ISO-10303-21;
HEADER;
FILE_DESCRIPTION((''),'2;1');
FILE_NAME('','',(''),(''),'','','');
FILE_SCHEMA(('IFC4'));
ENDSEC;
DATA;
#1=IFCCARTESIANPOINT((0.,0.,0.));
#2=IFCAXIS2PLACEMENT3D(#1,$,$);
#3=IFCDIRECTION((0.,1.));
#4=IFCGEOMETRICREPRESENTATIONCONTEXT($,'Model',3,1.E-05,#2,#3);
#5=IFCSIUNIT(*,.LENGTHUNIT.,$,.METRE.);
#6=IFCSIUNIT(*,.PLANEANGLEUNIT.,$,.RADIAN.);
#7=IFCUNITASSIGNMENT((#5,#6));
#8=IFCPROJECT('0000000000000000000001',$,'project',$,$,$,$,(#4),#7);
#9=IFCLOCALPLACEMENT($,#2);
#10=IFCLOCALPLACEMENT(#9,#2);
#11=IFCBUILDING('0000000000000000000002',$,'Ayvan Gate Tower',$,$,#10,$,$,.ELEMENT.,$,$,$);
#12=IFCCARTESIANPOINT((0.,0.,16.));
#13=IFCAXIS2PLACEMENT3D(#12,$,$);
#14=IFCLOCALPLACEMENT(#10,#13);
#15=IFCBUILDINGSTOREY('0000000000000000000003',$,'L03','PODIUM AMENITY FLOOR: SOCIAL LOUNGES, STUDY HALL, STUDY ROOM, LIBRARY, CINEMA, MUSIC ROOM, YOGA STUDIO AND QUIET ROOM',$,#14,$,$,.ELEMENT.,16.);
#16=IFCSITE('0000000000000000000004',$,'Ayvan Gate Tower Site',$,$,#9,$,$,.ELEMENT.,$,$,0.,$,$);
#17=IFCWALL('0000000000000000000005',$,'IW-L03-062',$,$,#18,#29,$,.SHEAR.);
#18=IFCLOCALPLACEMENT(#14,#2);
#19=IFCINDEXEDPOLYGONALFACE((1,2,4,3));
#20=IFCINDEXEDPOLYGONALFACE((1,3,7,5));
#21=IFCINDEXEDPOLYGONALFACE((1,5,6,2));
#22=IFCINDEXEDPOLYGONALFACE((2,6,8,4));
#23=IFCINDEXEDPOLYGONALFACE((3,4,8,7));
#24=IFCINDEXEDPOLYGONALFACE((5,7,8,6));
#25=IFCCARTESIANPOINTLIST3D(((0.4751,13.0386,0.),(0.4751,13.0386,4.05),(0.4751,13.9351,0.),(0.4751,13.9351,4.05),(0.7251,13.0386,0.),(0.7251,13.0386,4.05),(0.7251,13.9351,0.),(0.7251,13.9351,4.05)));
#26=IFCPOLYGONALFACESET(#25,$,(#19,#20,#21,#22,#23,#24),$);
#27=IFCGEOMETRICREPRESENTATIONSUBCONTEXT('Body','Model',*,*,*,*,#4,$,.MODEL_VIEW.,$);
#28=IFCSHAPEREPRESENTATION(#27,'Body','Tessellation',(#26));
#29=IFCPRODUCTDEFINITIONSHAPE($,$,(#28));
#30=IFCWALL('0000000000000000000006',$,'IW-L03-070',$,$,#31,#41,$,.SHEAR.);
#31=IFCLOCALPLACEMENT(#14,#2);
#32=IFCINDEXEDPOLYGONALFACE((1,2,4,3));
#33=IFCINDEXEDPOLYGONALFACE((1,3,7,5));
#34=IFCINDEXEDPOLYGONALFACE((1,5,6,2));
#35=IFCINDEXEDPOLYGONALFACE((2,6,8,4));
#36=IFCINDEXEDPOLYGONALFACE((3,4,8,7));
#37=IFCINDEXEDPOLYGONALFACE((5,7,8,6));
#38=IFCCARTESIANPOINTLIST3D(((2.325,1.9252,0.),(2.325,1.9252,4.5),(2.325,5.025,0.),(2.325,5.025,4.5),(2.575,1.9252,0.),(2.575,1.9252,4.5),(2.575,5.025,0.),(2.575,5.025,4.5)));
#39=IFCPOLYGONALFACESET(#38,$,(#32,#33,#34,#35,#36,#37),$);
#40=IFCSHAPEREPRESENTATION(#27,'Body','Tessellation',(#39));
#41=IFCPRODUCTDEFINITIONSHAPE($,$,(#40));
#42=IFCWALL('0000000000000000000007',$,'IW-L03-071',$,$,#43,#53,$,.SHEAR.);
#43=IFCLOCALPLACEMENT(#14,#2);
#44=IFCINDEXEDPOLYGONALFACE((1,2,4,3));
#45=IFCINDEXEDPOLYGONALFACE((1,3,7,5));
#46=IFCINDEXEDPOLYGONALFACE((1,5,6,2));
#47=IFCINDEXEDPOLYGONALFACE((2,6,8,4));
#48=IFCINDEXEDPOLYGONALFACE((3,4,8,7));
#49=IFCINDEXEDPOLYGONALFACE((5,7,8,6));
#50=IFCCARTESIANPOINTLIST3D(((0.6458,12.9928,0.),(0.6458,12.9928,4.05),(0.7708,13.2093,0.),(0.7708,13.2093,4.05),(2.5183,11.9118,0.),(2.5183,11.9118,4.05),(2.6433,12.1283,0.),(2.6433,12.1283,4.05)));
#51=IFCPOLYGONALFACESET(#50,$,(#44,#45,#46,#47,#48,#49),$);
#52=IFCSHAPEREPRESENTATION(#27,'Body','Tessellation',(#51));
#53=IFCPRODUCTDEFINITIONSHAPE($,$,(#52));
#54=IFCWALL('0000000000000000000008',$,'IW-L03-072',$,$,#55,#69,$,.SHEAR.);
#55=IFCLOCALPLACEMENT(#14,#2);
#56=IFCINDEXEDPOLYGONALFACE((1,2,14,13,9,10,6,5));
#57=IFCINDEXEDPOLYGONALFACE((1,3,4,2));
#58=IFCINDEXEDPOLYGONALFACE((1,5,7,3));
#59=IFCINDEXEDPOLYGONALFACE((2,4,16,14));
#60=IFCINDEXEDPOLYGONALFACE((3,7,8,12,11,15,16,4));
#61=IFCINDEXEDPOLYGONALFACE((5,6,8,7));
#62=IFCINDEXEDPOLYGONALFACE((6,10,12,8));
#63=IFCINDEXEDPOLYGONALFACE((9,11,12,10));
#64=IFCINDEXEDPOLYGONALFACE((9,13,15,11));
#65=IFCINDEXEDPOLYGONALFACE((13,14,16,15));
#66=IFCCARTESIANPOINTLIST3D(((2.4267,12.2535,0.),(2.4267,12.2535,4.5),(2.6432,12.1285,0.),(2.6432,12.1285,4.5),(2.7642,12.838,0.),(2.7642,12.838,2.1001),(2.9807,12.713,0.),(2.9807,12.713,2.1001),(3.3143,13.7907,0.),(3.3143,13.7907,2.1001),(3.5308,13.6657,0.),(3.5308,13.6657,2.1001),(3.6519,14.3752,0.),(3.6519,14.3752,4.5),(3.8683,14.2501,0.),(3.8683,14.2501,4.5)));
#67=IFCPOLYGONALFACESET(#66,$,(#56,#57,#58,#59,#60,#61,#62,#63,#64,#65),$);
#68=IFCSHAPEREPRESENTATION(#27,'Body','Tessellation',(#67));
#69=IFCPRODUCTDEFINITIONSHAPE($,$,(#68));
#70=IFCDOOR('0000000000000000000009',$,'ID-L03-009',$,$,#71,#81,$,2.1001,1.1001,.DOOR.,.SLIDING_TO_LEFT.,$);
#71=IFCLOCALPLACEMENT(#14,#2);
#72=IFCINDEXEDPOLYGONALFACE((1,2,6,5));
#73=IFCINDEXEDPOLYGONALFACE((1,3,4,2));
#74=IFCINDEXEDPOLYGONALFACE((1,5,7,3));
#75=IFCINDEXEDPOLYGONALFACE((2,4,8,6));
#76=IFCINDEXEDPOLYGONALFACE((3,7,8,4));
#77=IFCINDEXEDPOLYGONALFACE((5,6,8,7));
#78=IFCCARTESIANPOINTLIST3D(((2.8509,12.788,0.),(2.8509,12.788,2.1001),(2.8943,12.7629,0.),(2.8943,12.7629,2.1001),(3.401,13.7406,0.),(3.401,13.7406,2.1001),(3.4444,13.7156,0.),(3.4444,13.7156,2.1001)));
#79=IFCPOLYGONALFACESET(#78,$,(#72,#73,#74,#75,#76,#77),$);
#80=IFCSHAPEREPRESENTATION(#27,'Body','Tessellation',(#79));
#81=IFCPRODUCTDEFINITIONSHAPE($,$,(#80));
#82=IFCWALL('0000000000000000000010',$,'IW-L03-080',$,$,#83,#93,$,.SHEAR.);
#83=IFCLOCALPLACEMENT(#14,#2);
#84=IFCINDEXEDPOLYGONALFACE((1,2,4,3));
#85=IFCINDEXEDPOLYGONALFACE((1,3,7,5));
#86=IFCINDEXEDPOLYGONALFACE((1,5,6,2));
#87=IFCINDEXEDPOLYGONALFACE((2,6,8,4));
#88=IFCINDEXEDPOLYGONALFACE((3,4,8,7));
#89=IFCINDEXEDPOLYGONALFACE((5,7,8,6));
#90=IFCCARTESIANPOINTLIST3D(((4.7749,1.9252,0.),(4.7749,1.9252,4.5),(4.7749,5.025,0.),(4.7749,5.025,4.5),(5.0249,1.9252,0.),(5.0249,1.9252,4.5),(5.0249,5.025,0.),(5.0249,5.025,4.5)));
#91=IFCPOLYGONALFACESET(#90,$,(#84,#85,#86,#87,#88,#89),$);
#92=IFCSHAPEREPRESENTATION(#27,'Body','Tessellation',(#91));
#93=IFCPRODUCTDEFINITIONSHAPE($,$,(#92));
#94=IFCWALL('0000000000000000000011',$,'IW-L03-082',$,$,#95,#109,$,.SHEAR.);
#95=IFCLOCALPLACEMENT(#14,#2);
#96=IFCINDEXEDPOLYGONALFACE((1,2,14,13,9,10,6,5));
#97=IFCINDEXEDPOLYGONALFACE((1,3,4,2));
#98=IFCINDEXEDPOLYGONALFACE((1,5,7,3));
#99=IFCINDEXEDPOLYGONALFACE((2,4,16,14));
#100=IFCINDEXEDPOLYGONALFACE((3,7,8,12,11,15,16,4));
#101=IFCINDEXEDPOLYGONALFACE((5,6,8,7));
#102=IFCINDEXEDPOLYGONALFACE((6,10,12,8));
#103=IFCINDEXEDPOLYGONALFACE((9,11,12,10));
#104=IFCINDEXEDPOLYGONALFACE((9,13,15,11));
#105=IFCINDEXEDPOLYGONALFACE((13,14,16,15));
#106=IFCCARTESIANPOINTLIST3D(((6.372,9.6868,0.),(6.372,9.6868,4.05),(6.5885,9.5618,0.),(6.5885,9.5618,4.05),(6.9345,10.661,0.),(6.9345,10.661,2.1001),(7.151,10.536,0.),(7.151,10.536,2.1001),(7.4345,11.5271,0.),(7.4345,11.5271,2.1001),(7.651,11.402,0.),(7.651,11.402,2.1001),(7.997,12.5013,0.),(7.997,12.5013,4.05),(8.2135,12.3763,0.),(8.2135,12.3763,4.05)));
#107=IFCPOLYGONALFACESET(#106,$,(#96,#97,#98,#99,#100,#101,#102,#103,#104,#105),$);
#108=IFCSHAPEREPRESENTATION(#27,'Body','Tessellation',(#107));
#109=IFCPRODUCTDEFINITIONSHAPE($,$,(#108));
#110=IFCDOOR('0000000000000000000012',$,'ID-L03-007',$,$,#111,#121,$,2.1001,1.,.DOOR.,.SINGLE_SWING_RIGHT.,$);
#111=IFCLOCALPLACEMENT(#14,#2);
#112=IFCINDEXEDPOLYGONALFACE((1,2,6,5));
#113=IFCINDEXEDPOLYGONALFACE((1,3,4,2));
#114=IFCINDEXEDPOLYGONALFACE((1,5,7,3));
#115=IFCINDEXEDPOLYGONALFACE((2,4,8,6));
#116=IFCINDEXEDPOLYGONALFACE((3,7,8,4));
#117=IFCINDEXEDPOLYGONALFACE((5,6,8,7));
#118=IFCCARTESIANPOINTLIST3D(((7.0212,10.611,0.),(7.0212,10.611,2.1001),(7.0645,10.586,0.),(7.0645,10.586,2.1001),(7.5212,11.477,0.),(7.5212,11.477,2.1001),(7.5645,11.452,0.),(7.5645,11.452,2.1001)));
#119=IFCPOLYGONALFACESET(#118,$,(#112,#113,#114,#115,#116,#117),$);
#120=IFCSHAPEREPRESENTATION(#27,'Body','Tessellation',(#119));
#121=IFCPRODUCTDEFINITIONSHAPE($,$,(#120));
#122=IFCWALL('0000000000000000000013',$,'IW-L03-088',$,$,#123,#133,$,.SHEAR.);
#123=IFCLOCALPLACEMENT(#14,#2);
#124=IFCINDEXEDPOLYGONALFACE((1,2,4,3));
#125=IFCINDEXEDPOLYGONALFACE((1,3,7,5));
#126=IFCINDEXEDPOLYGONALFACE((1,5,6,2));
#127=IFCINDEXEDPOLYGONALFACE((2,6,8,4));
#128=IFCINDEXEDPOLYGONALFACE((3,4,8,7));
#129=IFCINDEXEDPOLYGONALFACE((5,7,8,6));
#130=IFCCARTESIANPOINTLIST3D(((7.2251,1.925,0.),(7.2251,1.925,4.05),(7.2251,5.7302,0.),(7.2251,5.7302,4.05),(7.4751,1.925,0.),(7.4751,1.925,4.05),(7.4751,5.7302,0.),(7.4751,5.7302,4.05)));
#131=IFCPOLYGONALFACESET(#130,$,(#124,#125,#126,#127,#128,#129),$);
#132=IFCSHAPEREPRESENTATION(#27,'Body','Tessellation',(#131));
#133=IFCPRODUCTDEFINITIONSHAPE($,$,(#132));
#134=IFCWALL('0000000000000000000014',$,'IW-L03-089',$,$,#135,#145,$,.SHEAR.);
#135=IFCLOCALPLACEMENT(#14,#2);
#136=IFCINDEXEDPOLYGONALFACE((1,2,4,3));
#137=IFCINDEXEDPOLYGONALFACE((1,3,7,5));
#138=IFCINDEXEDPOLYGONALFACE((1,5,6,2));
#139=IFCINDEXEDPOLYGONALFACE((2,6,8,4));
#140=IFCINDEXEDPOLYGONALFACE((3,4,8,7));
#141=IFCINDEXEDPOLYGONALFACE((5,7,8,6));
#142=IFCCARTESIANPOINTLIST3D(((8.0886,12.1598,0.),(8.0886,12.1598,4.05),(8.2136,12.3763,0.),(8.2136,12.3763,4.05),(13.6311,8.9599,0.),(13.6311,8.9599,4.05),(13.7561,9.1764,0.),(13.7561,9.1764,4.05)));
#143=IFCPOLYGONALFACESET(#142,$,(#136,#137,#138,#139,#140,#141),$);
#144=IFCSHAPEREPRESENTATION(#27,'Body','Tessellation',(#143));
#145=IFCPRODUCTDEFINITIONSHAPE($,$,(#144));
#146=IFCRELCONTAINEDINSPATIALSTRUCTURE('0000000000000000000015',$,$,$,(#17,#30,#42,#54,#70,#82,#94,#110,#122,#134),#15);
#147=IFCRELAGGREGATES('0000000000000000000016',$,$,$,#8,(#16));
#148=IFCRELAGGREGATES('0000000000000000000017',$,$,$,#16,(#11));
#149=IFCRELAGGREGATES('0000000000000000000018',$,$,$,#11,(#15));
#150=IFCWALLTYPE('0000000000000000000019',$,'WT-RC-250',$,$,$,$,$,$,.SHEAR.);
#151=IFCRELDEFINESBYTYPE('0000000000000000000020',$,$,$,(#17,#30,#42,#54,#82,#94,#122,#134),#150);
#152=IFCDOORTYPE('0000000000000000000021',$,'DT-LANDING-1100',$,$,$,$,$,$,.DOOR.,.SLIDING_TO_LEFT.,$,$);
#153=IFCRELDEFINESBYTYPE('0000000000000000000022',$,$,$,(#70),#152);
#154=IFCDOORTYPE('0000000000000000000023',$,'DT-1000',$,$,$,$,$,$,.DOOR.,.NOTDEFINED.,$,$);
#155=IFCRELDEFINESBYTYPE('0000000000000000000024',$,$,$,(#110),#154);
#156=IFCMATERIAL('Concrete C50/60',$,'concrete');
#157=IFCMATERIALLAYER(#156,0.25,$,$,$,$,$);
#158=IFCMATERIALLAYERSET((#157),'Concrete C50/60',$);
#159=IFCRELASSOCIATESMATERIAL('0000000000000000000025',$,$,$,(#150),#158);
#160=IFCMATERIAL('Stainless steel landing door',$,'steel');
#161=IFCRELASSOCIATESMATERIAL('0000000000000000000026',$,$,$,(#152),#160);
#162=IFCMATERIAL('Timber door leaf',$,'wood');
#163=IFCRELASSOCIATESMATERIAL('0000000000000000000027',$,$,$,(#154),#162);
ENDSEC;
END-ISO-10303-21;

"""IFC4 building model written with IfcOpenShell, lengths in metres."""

from ifc_helpers import new_model, si_unit, direction, frame, frame_2d, origin, place, context, subcontext, project, spatial, rectangle, extrude, material, layer, layer_set, type_object, element, fill, save


model = new_model("IFC4")

# Units and contexts
model_context = context("Model", 3, precision=1e-05, world=origin(), true_north=direction((0.0, 1.0)))
body_context = subcontext(model_context, "Body", "Model", "MODEL_VIEW")
ifc_project = project(units=[si_unit("LENGTHUNIT", "METRE"), si_unit("PLANEANGLEUNIT", "RADIAN")], contexts=[model_context])

# Site, building, storey
site_placement = place(None, origin())
site = spatial("IfcSite", under=ifc_project, at=site_placement, Name="Ayvan Gate Tower Site", CompositionType="ELEMENT", RefElevation=0.0)
building_placement = place(site_placement, origin())
building = spatial("IfcBuilding", under=site, at=building_placement, Name="Ayvan Gate Tower", CompositionType="ELEMENT")
storey_placement = place(building_placement, frame((0.0, 0.0, 16.0)))
storey = spatial("IfcBuildingStorey", under=building, at=storey_placement, Name="L03", Description="PODIUM AMENITY FLOOR: SOCIAL LOUNGES, STUDY HALL, STUDY ROOM, LIBRARY, CINEMA, MUSIC ROOM, YOGA STUDIO AND QUIET ROOM", CompositionType="ELEMENT", Elevation=16.0)

# Shared definitions
ifc_material_1 = material(Name="Timber door leaf", Category="wood")

# Walls
ifc_material_2 = material(Name="Concrete C50/60", Category="concrete")
ifc_layer_1 = layer(ifc_material_2, 0.25)
ifc_layer_set_1 = layer_set([ifc_layer_1], Name="Concrete C50/60")
wall_type_1 = type_object("IfcWallType", Name="WT-RC-250", PredefinedType="SHEAR", material=ifc_layer_set_1)
wall_1_placement = place(storey_placement, frame((0.6001, 13.0386, 0.0), z_axis=(0.0, 0.0, 1.0), x_axis=(0.0, 1.0, 0.0)))
element("IfcWall", 1, at=wall_1_placement, inside=storey, type_object=wall_type_1, Name="IW-L03-062", PredefinedType="SHEAR", context=body_context, shape_type="SweptSolid", body=[
    extrude(rectangle(XDim=0.8965, YDim=0.25, at=frame_2d((0.4482, 0.0))), origin(), (0.0, 0.0, 1.0), 4.05),
])
wall_2_placement = place(storey_placement, frame((2.45, 5.0249, 0.0), z_axis=(0.0, 0.0, 1.0), x_axis=(0.0, -1.0, 0.0)))
element("IfcWall", 2, at=wall_2_placement, inside=storey, type_object=wall_type_1, Name="IW-L03-070", PredefinedType="SHEAR", context=body_context, shape_type="SweptSolid", body=[
    extrude(rectangle(XDim=3.0999, YDim=0.25, at=frame_2d((1.5498, 0.0))), origin(), (0.0, 0.0, 1.0), 4.5),
])
wall_3_placement = place(storey_placement, frame((2.5808, 12.02, 0.0), z_axis=(0.0, 0.0, 1.0), x_axis=(-0.866039, 0.499977, 0.0)))
element("IfcWall", 3, at=wall_3_placement, inside=storey, type_object=wall_type_1, Name="IW-L03-071", PredefinedType="SHEAR", context=body_context, shape_type="SweptSolid", body=[
    extrude(rectangle(XDim=2.1621, YDim=0.25, at=frame_2d((1.0811, 0.0))), origin(), (0.0, 0.0, 1.0), 4.05),
])

# Wall, opening, door
wall_4_placement = place(storey_placement, frame((2.5349, 12.1909, 0.0), z_axis=(0.0, 0.0, 1.0), x_axis=(0.500062, 0.86599, 0.0)))
wall_4 = element("IfcWall", 4, at=wall_4_placement, inside=storey, type_object=wall_type_1, Name="IW-L03-072", PredefinedType="SHEAR", context=body_context, shape_type="SweptSolid", body=[
    extrude(rectangle(XDim=2.45, YDim=0.25, at=frame_2d((1.2251, 0.0))), origin(), (0.0, 0.0, 1.0), 4.5),
])
opening_1_placement = place(wall_4_placement, frame((0.675, 0.0, 0.0)))
opening_1 = element("IfcOpeningElement", 5, at=opening_1_placement, cuts=wall_4, PredefinedType="OPENING", context=body_context, shape_type="SweptSolid", body=[
    extrude(rectangle(XDim=1.1001, YDim=2.1001, at=frame_2d((0.55, 1.05))), frame((0.0, 0.135, 0.0), z_axis=(0.0, -1.0, 0.0), x_axis=(1.0, 0.0, 0.0)), (0.0, 0.0, 1.0), 0.27),
])
ifc_material_3 = material(Name="Stainless steel landing door", Category="steel")
door_type_1 = type_object("IfcDoorType", Name="DT-LANDING-1100", OperationType="SLIDING_TO_LEFT", PredefinedType="DOOR", material=ifc_material_3)
door_1_placement = place(opening_1_placement, origin())
door_1 = element("IfcDoor", 6, at=door_1_placement, inside=storey, type_object=door_type_1, Name="ID-L03-009", OperationType="SLIDING_TO_LEFT", OverallHeight=2.1001, OverallWidth=1.1001, PredefinedType="DOOR", context=body_context, shape_type="SweptSolid", body=[
    extrude(rectangle(XDim=1.1001, YDim=2.1001, at=frame_2d((0.55, 1.05))), frame((0.0, 0.0249, 0.0), z_axis=(0.0, -1.0, 0.0), x_axis=(1.0, 0.0, 0.0)), (0.0, 0.0, 1.0), 0.05),
])
fill(opening_1, door_1)

# Wall
wall_5_placement = place(storey_placement, frame((4.8999, 5.0249, 0.0), z_axis=(0.0, 0.0, 1.0), x_axis=(0.0, -1.0, 0.0)))
element("IfcWall", 7, at=wall_5_placement, inside=storey, type_object=wall_type_1, Name="IW-L03-080", PredefinedType="SHEAR", context=body_context, shape_type="SweptSolid", body=[
    extrude(rectangle(XDim=3.0999, YDim=0.25, at=frame_2d((1.5498, 0.0))), origin(), (0.0, 0.0, 1.0), 4.5),
])

# Wall, opening, door
wall_6_placement = place(storey_placement, frame((6.4802, 9.6243, 0.0), z_axis=(0.0, 0.0, 1.0), x_axis=(0.500017, 0.866015, 0.0)))
wall_6 = element("IfcWall", 8, at=wall_6_placement, inside=storey, type_object=wall_type_1, Name="IW-L03-082", PredefinedType="SHEAR", context=body_context, shape_type="SweptSolid", body=[
    extrude(rectangle(XDim=3.25, YDim=0.25, at=frame_2d((1.625, 0.0))), origin(), (0.0, 0.0, 1.0), 4.05),
])
opening_2_placement = place(wall_6_placement, frame((1.125, 0.0, 0.0)))
opening_2 = element("IfcOpeningElement", 9, at=opening_2_placement, cuts=wall_6, PredefinedType="OPENING", context=body_context, shape_type="SweptSolid", body=[
    extrude(rectangle(XDim=1.0, YDim=2.1001, at=frame_2d((0.5, 1.05))), frame((0.0, 0.135, 0.0), z_axis=(0.0, -1.0, 0.0), x_axis=(1.0, 0.0, 0.0)), (0.0, 0.0, 1.0), 0.27),
])
door_type_2 = type_object("IfcDoorType", Name="DT-1000", OperationType="NOTDEFINED", PredefinedType="DOOR", material=ifc_material_1)
door_2_placement = place(opening_2_placement, origin())
door_2 = element("IfcDoor", 10, at=door_2_placement, inside=storey, type_object=door_type_2, Name="ID-L03-007", OperationType="SINGLE_SWING_RIGHT", OverallHeight=2.1001, OverallWidth=1.0, PredefinedType="DOOR", context=body_context, shape_type="SweptSolid", body=[
    extrude(rectangle(XDim=1.0, YDim=2.1001, at=frame_2d((0.5, 1.05))), frame((0.0, 0.0249, 0.0), z_axis=(0.0, -1.0, 0.0), x_axis=(1.0, 0.0, 0.0)), (0.0, 0.0, 1.0), 0.05),
])
fill(opening_2, door_2)

# Walls
wall_7_placement = place(storey_placement, frame((7.3501, 5.7302, 0.0), z_axis=(0.0, 0.0, 1.0), x_axis=(0.0, -1.0, 0.0)))
element("IfcWall", 11, at=wall_7_placement, inside=storey, type_object=wall_type_1, Name="IW-L03-088", PredefinedType="SHEAR", context=body_context, shape_type="SweptSolid", body=[
    extrude(rectangle(XDim=3.8052, YDim=0.25, at=frame_2d((1.9026, 0.0))), origin(), (0.0, 0.0, 1.0), 4.05),
])
wall_8_placement = place(storey_placement, frame((8.1511, 12.2681, 0.0), z_axis=(0.0, 0.0, 1.0), x_axis=(0.866025, -0.5, 0.0)))
element("IfcWall", 12, at=wall_8_placement, inside=storey, type_object=wall_type_1, Name="IW-L03-089", PredefinedType="SHEAR", context=body_context, shape_type="SweptSolid", body=[
    extrude(rectangle(XDim=6.3999, YDim=0.25, at=frame_2d((3.2, 0.0))), origin(), (0.0, 0.0, 1.0), 4.05),
])

save(model, "model.ifc")
